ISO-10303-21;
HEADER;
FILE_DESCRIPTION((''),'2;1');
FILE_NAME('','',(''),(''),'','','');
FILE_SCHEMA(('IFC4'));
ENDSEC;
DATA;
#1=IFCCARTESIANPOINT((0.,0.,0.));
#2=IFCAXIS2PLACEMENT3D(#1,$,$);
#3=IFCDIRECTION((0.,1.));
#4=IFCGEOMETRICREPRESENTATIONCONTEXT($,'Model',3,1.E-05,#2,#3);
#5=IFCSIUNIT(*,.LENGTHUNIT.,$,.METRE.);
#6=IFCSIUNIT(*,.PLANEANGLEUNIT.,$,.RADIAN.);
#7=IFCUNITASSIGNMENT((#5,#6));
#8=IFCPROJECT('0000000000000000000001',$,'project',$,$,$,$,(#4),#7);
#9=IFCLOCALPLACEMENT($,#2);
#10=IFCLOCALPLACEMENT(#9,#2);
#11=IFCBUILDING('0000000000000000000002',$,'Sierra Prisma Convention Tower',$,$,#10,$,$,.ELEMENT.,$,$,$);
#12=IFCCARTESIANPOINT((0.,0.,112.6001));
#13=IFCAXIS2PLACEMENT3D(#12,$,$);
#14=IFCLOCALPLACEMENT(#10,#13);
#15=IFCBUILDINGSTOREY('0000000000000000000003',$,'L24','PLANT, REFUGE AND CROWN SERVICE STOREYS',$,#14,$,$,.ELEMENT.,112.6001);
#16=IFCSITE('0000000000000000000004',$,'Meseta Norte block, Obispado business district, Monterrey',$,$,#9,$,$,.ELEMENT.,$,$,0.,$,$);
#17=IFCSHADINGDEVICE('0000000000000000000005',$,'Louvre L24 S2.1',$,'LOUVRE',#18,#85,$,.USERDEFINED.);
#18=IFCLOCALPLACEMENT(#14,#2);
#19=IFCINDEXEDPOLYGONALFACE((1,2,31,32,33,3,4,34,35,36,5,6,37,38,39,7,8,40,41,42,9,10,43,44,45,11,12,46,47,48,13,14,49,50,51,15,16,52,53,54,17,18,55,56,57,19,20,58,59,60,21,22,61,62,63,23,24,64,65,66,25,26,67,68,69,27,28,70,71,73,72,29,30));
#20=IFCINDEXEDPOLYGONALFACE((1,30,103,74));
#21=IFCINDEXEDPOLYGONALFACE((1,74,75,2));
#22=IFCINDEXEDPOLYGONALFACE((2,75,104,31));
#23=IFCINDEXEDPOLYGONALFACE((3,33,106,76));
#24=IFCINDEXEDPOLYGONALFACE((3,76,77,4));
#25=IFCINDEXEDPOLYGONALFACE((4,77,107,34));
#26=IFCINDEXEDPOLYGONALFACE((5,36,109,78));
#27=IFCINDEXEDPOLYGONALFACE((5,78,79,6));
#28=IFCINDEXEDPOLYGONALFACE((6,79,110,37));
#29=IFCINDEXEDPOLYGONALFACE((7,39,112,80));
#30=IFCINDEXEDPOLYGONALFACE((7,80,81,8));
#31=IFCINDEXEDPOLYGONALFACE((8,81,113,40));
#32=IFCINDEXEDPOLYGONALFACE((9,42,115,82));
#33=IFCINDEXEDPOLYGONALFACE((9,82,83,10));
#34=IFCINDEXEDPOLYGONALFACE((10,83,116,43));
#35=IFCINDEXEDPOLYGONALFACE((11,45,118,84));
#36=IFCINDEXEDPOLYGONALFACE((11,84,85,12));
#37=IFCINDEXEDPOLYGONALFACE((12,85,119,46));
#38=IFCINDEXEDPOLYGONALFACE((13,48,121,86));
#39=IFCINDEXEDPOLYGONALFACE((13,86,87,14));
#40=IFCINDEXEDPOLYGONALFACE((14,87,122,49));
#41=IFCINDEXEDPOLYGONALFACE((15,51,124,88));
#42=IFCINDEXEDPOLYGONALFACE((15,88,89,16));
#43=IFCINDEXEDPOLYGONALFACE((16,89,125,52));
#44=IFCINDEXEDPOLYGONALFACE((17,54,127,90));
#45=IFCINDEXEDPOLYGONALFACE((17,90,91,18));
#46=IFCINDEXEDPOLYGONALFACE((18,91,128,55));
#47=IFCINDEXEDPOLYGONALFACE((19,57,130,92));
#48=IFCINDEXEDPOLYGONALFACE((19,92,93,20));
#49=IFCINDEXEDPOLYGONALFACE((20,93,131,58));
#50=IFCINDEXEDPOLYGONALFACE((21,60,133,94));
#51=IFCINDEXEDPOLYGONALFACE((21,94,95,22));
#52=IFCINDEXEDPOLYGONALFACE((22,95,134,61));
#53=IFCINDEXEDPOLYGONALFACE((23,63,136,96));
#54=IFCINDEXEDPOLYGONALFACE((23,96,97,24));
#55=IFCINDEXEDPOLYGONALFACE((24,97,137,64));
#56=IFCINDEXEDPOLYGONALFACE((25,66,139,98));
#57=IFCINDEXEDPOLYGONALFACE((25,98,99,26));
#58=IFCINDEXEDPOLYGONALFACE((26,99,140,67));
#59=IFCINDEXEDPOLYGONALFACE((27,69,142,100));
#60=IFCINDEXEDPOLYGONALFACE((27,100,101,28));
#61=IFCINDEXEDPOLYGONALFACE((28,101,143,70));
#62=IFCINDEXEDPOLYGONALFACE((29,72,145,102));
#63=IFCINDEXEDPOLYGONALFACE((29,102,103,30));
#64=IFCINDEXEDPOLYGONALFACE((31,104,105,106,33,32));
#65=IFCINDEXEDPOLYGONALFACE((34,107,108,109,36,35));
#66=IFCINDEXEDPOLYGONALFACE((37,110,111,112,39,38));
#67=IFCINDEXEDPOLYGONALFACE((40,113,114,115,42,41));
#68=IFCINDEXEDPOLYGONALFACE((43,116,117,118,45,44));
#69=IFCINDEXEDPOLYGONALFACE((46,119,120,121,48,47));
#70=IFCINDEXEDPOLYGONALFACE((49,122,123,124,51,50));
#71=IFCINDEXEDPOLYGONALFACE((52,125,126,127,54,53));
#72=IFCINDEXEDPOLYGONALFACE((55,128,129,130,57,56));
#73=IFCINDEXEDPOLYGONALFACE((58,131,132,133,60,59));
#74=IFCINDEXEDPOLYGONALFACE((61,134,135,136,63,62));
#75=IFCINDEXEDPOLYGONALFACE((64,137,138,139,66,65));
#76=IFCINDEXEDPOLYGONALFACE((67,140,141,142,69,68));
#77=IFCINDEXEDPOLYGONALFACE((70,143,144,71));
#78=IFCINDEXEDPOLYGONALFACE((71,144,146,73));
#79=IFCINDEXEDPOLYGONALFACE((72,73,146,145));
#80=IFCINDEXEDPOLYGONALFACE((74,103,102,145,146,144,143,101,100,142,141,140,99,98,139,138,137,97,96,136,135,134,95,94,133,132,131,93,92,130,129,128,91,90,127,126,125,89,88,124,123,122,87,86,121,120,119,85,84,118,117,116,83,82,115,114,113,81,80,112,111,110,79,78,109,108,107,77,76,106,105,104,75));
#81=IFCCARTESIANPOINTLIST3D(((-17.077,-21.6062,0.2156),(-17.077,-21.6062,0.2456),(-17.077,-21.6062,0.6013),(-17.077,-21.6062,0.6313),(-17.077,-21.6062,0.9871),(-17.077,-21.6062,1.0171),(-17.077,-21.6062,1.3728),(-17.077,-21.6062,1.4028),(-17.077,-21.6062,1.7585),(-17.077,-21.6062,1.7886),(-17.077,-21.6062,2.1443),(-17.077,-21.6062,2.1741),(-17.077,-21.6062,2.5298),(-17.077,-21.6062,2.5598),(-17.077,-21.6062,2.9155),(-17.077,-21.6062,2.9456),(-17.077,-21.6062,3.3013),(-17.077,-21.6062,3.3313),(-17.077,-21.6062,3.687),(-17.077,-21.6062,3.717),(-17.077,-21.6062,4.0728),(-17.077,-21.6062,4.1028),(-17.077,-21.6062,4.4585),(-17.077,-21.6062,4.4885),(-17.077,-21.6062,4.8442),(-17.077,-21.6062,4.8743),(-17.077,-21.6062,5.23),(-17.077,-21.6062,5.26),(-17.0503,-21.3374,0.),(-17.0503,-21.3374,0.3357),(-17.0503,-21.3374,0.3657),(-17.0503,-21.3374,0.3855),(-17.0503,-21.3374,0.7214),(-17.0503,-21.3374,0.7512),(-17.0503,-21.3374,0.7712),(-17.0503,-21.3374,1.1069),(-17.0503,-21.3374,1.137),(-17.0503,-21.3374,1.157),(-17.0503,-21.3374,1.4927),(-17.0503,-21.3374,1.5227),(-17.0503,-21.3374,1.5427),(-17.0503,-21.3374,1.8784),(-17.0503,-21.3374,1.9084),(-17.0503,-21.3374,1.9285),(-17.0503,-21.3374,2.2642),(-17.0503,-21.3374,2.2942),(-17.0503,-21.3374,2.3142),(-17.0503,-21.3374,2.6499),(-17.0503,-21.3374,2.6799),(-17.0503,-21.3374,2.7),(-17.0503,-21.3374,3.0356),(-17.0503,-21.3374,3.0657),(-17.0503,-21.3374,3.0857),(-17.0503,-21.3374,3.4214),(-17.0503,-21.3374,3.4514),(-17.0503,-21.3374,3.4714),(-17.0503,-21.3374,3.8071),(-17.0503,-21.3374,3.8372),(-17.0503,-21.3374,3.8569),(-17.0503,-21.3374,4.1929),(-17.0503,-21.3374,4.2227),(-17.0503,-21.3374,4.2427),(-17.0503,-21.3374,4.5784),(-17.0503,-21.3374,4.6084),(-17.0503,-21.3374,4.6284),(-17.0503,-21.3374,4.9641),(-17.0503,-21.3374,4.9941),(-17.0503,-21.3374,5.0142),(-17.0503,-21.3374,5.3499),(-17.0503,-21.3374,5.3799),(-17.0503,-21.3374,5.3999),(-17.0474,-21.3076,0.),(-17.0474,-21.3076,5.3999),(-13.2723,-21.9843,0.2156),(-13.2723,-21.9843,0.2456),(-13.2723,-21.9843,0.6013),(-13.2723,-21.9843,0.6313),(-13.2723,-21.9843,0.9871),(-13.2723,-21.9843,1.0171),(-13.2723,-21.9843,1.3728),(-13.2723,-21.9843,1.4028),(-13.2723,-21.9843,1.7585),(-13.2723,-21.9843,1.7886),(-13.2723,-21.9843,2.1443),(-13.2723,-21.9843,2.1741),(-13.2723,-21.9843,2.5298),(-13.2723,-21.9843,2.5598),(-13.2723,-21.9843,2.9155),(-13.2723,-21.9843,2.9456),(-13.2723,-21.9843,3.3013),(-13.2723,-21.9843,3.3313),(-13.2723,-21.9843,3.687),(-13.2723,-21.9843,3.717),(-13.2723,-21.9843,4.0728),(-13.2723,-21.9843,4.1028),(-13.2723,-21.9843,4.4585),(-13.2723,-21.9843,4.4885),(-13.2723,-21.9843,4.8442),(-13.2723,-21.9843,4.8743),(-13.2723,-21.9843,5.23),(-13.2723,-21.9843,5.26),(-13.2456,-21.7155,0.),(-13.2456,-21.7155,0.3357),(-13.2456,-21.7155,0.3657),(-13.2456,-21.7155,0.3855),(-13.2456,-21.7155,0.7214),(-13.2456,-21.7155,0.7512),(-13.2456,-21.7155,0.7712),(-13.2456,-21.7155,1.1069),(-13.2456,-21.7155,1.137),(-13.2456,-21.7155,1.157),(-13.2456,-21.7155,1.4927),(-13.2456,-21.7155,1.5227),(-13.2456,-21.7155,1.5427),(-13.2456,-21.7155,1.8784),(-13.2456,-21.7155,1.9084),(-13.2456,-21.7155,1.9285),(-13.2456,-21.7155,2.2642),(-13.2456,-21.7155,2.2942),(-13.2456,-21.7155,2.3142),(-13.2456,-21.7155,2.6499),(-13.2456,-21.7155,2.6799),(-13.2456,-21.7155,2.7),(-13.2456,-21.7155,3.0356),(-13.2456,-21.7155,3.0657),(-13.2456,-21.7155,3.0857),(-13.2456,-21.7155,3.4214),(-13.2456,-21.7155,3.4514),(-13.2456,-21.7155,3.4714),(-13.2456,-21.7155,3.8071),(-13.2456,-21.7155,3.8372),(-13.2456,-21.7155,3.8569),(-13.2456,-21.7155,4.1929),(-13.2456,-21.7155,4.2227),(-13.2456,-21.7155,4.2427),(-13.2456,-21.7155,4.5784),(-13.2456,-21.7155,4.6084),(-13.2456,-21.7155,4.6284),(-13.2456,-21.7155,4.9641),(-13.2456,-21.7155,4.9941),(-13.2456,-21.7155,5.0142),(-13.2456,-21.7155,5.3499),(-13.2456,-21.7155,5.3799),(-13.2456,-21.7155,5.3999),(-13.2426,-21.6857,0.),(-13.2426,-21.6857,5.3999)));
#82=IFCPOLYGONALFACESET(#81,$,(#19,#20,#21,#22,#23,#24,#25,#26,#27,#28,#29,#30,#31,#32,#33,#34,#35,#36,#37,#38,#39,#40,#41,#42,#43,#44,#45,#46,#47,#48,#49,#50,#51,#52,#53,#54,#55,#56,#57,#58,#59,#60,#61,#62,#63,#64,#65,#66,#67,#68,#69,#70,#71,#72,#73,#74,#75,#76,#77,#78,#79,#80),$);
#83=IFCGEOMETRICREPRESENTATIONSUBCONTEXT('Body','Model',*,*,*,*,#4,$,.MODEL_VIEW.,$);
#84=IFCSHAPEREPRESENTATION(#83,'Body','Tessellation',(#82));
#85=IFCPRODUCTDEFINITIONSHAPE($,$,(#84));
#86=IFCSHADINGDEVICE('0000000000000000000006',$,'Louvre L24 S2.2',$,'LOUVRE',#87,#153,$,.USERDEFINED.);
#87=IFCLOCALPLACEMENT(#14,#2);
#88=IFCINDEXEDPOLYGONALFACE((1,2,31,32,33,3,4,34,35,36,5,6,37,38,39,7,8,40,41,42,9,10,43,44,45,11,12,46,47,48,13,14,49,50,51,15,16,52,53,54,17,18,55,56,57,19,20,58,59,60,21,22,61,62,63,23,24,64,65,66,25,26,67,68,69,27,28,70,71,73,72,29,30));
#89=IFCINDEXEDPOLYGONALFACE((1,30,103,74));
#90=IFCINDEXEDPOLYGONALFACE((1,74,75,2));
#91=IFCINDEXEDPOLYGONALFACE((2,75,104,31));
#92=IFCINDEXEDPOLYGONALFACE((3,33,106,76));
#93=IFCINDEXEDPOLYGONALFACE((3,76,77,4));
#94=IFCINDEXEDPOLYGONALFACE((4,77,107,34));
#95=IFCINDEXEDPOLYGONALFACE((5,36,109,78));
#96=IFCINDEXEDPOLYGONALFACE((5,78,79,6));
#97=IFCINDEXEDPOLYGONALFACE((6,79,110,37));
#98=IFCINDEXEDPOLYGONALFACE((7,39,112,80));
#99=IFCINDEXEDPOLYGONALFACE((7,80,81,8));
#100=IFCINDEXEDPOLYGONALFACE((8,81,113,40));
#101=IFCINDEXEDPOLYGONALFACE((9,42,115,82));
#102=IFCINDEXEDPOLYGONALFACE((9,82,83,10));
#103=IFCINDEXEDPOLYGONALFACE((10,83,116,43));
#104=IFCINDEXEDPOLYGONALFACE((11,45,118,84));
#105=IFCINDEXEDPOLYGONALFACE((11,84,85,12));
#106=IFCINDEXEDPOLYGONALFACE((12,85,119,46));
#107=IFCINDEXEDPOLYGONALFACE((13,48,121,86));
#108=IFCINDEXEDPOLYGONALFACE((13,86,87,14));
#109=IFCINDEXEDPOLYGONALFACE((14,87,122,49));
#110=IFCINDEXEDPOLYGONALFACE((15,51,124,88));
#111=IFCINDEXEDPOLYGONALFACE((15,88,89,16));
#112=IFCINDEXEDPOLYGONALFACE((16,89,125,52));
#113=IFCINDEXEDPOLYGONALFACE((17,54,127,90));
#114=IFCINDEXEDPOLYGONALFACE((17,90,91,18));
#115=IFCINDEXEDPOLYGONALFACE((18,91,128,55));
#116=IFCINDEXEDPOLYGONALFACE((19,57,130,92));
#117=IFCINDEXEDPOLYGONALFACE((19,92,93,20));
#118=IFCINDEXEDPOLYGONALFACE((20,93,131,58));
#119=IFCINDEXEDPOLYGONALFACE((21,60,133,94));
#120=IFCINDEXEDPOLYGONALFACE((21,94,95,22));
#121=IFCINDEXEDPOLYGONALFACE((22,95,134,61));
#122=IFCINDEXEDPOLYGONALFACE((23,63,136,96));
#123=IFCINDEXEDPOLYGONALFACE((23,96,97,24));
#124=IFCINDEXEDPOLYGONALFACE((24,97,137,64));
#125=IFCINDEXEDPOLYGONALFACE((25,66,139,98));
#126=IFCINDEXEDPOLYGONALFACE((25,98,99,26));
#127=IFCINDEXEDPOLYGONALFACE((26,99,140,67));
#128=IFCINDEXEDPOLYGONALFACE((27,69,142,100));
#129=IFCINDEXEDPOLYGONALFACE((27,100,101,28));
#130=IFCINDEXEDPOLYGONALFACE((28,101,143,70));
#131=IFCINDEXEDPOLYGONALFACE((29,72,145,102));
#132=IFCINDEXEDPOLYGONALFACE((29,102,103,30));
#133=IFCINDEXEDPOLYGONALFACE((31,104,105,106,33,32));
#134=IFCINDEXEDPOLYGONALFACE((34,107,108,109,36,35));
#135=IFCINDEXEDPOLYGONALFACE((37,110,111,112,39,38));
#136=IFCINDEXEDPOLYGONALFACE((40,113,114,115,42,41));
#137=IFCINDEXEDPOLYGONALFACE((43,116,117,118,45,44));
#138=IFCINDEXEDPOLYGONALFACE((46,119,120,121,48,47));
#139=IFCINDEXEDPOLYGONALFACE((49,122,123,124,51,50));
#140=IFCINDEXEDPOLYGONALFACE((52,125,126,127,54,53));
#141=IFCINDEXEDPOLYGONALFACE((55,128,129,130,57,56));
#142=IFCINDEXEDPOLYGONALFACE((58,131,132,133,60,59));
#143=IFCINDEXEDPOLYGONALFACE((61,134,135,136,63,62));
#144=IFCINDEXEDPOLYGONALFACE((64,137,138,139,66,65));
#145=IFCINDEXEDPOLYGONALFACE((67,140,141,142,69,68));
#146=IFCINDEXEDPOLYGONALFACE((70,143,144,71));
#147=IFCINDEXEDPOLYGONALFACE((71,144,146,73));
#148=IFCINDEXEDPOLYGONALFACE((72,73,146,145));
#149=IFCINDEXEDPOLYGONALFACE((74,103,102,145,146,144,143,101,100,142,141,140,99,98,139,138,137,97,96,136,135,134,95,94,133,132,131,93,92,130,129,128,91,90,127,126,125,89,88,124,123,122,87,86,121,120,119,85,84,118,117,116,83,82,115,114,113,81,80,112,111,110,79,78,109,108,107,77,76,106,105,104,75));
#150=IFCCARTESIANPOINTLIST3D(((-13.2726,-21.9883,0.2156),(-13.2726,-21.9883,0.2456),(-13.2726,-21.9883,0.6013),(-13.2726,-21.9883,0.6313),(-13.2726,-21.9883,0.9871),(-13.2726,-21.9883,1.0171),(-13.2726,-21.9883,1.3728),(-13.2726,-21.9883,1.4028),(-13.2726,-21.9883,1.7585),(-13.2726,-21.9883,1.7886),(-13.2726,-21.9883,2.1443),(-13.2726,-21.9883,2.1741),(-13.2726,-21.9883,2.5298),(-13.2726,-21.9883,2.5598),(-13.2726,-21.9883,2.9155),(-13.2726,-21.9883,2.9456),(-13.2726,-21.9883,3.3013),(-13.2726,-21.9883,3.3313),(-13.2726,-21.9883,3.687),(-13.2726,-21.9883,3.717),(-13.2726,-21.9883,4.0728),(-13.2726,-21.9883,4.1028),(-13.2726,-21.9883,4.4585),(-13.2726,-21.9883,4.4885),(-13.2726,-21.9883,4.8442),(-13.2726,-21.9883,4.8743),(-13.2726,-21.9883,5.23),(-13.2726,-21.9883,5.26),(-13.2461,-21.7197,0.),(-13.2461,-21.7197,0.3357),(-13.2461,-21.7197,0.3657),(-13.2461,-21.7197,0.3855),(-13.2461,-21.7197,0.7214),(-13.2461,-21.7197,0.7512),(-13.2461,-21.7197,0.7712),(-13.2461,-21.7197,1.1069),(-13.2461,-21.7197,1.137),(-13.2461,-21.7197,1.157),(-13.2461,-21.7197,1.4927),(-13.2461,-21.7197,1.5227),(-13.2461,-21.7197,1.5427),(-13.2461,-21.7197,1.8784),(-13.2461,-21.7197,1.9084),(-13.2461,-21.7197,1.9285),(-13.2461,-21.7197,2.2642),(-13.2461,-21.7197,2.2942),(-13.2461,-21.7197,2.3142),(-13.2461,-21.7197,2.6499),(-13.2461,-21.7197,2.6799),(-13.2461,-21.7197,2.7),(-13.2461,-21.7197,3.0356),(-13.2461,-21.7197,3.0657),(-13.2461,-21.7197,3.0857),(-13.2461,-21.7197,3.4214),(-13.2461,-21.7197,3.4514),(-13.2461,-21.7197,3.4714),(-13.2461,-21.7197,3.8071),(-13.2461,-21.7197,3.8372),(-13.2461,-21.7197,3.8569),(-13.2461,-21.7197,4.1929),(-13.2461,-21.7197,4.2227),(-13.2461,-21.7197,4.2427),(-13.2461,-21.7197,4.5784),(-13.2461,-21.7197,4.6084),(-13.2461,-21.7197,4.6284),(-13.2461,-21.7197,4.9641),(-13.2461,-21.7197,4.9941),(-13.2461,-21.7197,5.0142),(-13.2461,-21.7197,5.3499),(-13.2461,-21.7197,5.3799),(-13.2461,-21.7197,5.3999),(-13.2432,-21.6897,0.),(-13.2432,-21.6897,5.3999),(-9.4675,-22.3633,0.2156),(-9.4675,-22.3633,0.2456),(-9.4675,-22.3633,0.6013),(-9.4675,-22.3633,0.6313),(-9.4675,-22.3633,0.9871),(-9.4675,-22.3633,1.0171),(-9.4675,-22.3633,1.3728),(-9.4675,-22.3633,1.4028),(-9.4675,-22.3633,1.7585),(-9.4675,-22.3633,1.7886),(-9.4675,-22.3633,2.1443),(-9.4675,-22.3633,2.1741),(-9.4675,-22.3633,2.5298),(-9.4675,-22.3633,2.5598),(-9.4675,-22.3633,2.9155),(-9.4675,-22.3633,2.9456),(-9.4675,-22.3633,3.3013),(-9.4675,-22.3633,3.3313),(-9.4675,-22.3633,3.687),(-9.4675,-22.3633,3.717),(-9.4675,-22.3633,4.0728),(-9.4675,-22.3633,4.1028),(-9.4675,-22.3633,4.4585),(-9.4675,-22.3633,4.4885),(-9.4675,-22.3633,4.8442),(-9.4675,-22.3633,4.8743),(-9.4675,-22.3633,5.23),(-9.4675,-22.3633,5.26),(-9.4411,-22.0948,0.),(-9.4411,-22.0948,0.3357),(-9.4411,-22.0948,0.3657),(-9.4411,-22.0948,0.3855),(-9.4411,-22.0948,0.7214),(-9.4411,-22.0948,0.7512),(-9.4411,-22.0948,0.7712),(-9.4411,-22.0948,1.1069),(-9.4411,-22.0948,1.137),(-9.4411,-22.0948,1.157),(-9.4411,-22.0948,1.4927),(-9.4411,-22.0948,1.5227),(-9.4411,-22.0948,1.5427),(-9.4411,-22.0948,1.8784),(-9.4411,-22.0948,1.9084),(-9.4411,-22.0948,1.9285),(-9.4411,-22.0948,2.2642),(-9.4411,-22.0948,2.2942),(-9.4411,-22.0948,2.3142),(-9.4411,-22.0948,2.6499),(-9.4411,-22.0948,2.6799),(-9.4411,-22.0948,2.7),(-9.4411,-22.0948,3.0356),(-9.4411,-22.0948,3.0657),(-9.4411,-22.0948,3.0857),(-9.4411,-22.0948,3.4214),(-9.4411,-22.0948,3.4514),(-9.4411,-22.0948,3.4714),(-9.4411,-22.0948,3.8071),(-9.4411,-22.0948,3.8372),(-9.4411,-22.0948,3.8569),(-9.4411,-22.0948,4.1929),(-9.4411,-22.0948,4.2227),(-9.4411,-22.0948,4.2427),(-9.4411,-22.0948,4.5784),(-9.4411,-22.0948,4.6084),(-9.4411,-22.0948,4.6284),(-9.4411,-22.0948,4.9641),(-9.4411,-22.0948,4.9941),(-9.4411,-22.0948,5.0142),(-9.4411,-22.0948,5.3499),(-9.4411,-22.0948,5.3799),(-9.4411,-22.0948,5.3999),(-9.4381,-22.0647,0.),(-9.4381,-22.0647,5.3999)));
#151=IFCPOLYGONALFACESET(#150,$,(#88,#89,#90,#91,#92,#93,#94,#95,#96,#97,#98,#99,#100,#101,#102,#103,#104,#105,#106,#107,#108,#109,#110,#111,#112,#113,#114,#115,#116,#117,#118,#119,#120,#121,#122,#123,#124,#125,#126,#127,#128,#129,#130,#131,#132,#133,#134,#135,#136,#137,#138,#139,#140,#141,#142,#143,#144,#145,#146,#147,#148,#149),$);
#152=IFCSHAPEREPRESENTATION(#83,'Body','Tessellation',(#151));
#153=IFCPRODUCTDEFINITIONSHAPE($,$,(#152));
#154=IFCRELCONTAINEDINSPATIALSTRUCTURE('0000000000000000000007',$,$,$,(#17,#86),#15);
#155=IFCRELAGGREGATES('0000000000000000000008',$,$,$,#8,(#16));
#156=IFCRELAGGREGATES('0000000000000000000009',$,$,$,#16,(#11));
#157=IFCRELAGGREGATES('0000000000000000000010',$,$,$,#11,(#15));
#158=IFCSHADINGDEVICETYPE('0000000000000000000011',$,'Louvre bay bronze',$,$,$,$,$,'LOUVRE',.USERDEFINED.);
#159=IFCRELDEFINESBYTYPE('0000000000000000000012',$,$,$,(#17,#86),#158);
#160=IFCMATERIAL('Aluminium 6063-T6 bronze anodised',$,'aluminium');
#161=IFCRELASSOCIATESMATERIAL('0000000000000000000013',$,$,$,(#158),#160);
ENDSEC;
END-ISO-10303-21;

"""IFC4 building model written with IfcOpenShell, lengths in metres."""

from ifc_helpers import new_model, si_unit, direction, frame, origin, place, context, subcontext, project, spatial, polyline, outline, extrude, material, type_object, element, save


model = new_model("IFC4")

# Units and contexts
model_context = context("Model", 3, precision=1e-05, world=origin(), true_north=direction((0.0, 1.0)))
body_context = subcontext(model_context, "Body", "Model", "MODEL_VIEW")
ifc_project = project(units=[si_unit("LENGTHUNIT", "METRE"), si_unit("PLANEANGLEUNIT", "RADIAN")], contexts=[model_context])

# Site, building, storey
site_placement = place(None, origin())
site = spatial("IfcSite", under=ifc_project, at=site_placement, Name="Meseta Norte block, Obispado business district, Monterrey", CompositionType="ELEMENT", RefElevation=0.0)
building_placement = place(site_placement, origin())
building = spatial("IfcBuilding", under=site, at=building_placement, Name="Sierra Prisma Convention Tower", CompositionType="ELEMENT")
storey_placement = place(building_placement, frame((0.0, 0.0, 112.6001)))
storey = spatial("IfcBuildingStorey", under=building, at=storey_placement, Name="L24", Description="PLANT, REFUGE AND CROWN SERVICE STOREYS", CompositionType="ELEMENT", Elevation=112.6001)

# Shading devices
ifc_material_1 = material(Name="Aluminium 6063-T6 bronze anodised", Category="aluminium")
shading_device_type = type_object("IfcShadingDeviceType", Name="Louvre bay bronze", ElementType="LOUVRE", PredefinedType="USERDEFINED", material=ifc_material_1)
shading_device_1_placement = place(storey_placement, frame((-17.0474, -21.3076, 0.0), z_axis=(-0.995099, 0.098887, 0.0), x_axis=(0.0, 0.0, 1.0)))
element("IfcShadingDevice", 1, at=shading_device_1_placement, inside=storey, type_object=shading_device_type, Name="Louvre L24 S2.1", ObjectType="LOUVRE", PredefinedType="USERDEFINED", context=body_context, shape_type="SweptSolid", body=[
    extrude(outline(polyline([(0.0, 0.0), (5.3999, 0.0), (5.3999, -0.0299), (5.3799, -0.0299), (5.26, -0.3001), (5.23, -0.3001), (5.3499, -0.0299), (5.0142, -0.0299), (4.9941, -0.0299), (4.8743, -0.3001), (4.8442, -0.3001), (4.9641, -0.0299), (4.6284, -0.0299), (4.6084, -0.0299), (4.4885, -0.3001), (4.4585, -0.3001), (4.5784, -0.0299), (4.2427, -0.0299), (4.2227, -0.0299), (4.1028, -0.3001), (4.0728, -0.3001), (4.1929, -0.0299), (3.8569, -0.0299), (3.8372, -0.0299), (3.717, -0.3001), (3.687, -0.3001), (3.8071, -0.0299), (3.4714, -0.0299), (3.4514, -0.0299), (3.3313, -0.3001), (3.3013, -0.3001), (3.4214, -0.0299), (3.0857, -0.0299), (3.0657, -0.0299), (2.9456, -0.3001), (2.9155, -0.3001), (3.0356, -0.0299), (2.7, -0.0299), (2.6799, -0.0299), (2.5598, -0.3001), (2.5298, -0.3001), (2.6499, -0.0299), (2.3142, -0.0299), (2.2942, -0.0299), (2.1741, -0.3001), (2.1443, -0.3001), (2.2642, -0.0299), (1.9285, -0.0299), (1.9084, -0.0299), (1.7886, -0.3001), (1.7585, -0.3001), (1.8784, -0.0299), (1.5427, -0.0299), (1.5227, -0.0299), (1.4028, -0.3001), (1.3728, -0.3001), (1.4927, -0.0299), (1.157, -0.0299), (1.137, -0.0299), (1.0171, -0.3001), (0.9871, -0.3001), (1.1069, -0.0299), (0.7712, -0.0299), (0.7512, -0.0299), (0.6313, -0.3001), (0.6013, -0.3001), (0.7214, -0.0299), (0.3855, -0.0299), (0.3657, -0.0299), (0.2456, -0.3001), (0.2156, -0.3001), (0.3357, -0.0299), (0.0, -0.0299), (0.0, 0.0)])), origin(), (0.0, 0.0, -1.0), 3.8235),
])
shading_device_2_placement = place(storey_placement, frame((-13.2432, -21.6897, 0.0), z_axis=(-0.995178, 0.098086, 0.0), x_axis=(0.0, 0.0, 1.0)))
element("IfcShadingDevice", 2, at=shading_device_2_placement, inside=storey, type_object=shading_device_type, Name="Louvre L24 S2.2", ObjectType="LOUVRE", PredefinedType="USERDEFINED", context=body_context, shape_type="SweptSolid", body=[
    extrude(outline(polyline([(0.0, 0.0), (5.3999, 0.0), (5.3999, -0.0302), (5.3799, -0.0302), (5.26, -0.3001), (5.23, -0.3001), (5.3499, -0.0302), (5.0142, -0.0302), (4.9941, -0.0302), (4.8743, -0.3001), (4.8442, -0.3001), (4.9641, -0.0302), (4.6284, -0.0302), (4.6084, -0.0302), (4.4885, -0.3001), (4.4585, -0.3001), (4.5784, -0.0302), (4.2427, -0.0302), (4.2227, -0.0302), (4.1028, -0.3001), (4.0728, -0.3001), (4.1929, -0.0302), (3.8569, -0.0302), (3.8372, -0.0302), (3.717, -0.3001), (3.687, -0.3001), (3.8071, -0.0302), (3.4714, -0.0302), (3.4514, -0.0302), (3.3313, -0.3001), (3.3013, -0.3001), (3.4214, -0.0302), (3.0857, -0.0302), (3.0657, -0.0302), (2.9456, -0.3001), (2.9155, -0.3001), (3.0356, -0.0302), (2.7, -0.0302), (2.6799, -0.0302), (2.5598, -0.3001), (2.5298, -0.3001), (2.6499, -0.0302), (2.3142, -0.0302), (2.2942, -0.0302), (2.1741, -0.3001), (2.1443, -0.3001), (2.2642, -0.0302), (1.9285, -0.0302), (1.9084, -0.0302), (1.7886, -0.3001), (1.7585, -0.3001), (1.8784, -0.0302), (1.5427, -0.0302), (1.5227, -0.0302), (1.4028, -0.3001), (1.3728, -0.3001), (1.4927, -0.0302), (1.157, -0.0302), (1.137, -0.0302), (1.0171, -0.3001), (0.9871, -0.3001), (1.1069, -0.0302), (0.7712, -0.0302), (0.7512, -0.0302), (0.6313, -0.3001), (0.6013, -0.3001), (0.7214, -0.0302), (0.3855, -0.0302), (0.3657, -0.0302), (0.2456, -0.3001), (0.2156, -0.3001), (0.3357, -0.0302), (0.0, -0.0302), (0.0, 0.0)])), origin(), (0.0, 0.0, -1.0), 3.8235),
])

save(model, "model.ifc")
